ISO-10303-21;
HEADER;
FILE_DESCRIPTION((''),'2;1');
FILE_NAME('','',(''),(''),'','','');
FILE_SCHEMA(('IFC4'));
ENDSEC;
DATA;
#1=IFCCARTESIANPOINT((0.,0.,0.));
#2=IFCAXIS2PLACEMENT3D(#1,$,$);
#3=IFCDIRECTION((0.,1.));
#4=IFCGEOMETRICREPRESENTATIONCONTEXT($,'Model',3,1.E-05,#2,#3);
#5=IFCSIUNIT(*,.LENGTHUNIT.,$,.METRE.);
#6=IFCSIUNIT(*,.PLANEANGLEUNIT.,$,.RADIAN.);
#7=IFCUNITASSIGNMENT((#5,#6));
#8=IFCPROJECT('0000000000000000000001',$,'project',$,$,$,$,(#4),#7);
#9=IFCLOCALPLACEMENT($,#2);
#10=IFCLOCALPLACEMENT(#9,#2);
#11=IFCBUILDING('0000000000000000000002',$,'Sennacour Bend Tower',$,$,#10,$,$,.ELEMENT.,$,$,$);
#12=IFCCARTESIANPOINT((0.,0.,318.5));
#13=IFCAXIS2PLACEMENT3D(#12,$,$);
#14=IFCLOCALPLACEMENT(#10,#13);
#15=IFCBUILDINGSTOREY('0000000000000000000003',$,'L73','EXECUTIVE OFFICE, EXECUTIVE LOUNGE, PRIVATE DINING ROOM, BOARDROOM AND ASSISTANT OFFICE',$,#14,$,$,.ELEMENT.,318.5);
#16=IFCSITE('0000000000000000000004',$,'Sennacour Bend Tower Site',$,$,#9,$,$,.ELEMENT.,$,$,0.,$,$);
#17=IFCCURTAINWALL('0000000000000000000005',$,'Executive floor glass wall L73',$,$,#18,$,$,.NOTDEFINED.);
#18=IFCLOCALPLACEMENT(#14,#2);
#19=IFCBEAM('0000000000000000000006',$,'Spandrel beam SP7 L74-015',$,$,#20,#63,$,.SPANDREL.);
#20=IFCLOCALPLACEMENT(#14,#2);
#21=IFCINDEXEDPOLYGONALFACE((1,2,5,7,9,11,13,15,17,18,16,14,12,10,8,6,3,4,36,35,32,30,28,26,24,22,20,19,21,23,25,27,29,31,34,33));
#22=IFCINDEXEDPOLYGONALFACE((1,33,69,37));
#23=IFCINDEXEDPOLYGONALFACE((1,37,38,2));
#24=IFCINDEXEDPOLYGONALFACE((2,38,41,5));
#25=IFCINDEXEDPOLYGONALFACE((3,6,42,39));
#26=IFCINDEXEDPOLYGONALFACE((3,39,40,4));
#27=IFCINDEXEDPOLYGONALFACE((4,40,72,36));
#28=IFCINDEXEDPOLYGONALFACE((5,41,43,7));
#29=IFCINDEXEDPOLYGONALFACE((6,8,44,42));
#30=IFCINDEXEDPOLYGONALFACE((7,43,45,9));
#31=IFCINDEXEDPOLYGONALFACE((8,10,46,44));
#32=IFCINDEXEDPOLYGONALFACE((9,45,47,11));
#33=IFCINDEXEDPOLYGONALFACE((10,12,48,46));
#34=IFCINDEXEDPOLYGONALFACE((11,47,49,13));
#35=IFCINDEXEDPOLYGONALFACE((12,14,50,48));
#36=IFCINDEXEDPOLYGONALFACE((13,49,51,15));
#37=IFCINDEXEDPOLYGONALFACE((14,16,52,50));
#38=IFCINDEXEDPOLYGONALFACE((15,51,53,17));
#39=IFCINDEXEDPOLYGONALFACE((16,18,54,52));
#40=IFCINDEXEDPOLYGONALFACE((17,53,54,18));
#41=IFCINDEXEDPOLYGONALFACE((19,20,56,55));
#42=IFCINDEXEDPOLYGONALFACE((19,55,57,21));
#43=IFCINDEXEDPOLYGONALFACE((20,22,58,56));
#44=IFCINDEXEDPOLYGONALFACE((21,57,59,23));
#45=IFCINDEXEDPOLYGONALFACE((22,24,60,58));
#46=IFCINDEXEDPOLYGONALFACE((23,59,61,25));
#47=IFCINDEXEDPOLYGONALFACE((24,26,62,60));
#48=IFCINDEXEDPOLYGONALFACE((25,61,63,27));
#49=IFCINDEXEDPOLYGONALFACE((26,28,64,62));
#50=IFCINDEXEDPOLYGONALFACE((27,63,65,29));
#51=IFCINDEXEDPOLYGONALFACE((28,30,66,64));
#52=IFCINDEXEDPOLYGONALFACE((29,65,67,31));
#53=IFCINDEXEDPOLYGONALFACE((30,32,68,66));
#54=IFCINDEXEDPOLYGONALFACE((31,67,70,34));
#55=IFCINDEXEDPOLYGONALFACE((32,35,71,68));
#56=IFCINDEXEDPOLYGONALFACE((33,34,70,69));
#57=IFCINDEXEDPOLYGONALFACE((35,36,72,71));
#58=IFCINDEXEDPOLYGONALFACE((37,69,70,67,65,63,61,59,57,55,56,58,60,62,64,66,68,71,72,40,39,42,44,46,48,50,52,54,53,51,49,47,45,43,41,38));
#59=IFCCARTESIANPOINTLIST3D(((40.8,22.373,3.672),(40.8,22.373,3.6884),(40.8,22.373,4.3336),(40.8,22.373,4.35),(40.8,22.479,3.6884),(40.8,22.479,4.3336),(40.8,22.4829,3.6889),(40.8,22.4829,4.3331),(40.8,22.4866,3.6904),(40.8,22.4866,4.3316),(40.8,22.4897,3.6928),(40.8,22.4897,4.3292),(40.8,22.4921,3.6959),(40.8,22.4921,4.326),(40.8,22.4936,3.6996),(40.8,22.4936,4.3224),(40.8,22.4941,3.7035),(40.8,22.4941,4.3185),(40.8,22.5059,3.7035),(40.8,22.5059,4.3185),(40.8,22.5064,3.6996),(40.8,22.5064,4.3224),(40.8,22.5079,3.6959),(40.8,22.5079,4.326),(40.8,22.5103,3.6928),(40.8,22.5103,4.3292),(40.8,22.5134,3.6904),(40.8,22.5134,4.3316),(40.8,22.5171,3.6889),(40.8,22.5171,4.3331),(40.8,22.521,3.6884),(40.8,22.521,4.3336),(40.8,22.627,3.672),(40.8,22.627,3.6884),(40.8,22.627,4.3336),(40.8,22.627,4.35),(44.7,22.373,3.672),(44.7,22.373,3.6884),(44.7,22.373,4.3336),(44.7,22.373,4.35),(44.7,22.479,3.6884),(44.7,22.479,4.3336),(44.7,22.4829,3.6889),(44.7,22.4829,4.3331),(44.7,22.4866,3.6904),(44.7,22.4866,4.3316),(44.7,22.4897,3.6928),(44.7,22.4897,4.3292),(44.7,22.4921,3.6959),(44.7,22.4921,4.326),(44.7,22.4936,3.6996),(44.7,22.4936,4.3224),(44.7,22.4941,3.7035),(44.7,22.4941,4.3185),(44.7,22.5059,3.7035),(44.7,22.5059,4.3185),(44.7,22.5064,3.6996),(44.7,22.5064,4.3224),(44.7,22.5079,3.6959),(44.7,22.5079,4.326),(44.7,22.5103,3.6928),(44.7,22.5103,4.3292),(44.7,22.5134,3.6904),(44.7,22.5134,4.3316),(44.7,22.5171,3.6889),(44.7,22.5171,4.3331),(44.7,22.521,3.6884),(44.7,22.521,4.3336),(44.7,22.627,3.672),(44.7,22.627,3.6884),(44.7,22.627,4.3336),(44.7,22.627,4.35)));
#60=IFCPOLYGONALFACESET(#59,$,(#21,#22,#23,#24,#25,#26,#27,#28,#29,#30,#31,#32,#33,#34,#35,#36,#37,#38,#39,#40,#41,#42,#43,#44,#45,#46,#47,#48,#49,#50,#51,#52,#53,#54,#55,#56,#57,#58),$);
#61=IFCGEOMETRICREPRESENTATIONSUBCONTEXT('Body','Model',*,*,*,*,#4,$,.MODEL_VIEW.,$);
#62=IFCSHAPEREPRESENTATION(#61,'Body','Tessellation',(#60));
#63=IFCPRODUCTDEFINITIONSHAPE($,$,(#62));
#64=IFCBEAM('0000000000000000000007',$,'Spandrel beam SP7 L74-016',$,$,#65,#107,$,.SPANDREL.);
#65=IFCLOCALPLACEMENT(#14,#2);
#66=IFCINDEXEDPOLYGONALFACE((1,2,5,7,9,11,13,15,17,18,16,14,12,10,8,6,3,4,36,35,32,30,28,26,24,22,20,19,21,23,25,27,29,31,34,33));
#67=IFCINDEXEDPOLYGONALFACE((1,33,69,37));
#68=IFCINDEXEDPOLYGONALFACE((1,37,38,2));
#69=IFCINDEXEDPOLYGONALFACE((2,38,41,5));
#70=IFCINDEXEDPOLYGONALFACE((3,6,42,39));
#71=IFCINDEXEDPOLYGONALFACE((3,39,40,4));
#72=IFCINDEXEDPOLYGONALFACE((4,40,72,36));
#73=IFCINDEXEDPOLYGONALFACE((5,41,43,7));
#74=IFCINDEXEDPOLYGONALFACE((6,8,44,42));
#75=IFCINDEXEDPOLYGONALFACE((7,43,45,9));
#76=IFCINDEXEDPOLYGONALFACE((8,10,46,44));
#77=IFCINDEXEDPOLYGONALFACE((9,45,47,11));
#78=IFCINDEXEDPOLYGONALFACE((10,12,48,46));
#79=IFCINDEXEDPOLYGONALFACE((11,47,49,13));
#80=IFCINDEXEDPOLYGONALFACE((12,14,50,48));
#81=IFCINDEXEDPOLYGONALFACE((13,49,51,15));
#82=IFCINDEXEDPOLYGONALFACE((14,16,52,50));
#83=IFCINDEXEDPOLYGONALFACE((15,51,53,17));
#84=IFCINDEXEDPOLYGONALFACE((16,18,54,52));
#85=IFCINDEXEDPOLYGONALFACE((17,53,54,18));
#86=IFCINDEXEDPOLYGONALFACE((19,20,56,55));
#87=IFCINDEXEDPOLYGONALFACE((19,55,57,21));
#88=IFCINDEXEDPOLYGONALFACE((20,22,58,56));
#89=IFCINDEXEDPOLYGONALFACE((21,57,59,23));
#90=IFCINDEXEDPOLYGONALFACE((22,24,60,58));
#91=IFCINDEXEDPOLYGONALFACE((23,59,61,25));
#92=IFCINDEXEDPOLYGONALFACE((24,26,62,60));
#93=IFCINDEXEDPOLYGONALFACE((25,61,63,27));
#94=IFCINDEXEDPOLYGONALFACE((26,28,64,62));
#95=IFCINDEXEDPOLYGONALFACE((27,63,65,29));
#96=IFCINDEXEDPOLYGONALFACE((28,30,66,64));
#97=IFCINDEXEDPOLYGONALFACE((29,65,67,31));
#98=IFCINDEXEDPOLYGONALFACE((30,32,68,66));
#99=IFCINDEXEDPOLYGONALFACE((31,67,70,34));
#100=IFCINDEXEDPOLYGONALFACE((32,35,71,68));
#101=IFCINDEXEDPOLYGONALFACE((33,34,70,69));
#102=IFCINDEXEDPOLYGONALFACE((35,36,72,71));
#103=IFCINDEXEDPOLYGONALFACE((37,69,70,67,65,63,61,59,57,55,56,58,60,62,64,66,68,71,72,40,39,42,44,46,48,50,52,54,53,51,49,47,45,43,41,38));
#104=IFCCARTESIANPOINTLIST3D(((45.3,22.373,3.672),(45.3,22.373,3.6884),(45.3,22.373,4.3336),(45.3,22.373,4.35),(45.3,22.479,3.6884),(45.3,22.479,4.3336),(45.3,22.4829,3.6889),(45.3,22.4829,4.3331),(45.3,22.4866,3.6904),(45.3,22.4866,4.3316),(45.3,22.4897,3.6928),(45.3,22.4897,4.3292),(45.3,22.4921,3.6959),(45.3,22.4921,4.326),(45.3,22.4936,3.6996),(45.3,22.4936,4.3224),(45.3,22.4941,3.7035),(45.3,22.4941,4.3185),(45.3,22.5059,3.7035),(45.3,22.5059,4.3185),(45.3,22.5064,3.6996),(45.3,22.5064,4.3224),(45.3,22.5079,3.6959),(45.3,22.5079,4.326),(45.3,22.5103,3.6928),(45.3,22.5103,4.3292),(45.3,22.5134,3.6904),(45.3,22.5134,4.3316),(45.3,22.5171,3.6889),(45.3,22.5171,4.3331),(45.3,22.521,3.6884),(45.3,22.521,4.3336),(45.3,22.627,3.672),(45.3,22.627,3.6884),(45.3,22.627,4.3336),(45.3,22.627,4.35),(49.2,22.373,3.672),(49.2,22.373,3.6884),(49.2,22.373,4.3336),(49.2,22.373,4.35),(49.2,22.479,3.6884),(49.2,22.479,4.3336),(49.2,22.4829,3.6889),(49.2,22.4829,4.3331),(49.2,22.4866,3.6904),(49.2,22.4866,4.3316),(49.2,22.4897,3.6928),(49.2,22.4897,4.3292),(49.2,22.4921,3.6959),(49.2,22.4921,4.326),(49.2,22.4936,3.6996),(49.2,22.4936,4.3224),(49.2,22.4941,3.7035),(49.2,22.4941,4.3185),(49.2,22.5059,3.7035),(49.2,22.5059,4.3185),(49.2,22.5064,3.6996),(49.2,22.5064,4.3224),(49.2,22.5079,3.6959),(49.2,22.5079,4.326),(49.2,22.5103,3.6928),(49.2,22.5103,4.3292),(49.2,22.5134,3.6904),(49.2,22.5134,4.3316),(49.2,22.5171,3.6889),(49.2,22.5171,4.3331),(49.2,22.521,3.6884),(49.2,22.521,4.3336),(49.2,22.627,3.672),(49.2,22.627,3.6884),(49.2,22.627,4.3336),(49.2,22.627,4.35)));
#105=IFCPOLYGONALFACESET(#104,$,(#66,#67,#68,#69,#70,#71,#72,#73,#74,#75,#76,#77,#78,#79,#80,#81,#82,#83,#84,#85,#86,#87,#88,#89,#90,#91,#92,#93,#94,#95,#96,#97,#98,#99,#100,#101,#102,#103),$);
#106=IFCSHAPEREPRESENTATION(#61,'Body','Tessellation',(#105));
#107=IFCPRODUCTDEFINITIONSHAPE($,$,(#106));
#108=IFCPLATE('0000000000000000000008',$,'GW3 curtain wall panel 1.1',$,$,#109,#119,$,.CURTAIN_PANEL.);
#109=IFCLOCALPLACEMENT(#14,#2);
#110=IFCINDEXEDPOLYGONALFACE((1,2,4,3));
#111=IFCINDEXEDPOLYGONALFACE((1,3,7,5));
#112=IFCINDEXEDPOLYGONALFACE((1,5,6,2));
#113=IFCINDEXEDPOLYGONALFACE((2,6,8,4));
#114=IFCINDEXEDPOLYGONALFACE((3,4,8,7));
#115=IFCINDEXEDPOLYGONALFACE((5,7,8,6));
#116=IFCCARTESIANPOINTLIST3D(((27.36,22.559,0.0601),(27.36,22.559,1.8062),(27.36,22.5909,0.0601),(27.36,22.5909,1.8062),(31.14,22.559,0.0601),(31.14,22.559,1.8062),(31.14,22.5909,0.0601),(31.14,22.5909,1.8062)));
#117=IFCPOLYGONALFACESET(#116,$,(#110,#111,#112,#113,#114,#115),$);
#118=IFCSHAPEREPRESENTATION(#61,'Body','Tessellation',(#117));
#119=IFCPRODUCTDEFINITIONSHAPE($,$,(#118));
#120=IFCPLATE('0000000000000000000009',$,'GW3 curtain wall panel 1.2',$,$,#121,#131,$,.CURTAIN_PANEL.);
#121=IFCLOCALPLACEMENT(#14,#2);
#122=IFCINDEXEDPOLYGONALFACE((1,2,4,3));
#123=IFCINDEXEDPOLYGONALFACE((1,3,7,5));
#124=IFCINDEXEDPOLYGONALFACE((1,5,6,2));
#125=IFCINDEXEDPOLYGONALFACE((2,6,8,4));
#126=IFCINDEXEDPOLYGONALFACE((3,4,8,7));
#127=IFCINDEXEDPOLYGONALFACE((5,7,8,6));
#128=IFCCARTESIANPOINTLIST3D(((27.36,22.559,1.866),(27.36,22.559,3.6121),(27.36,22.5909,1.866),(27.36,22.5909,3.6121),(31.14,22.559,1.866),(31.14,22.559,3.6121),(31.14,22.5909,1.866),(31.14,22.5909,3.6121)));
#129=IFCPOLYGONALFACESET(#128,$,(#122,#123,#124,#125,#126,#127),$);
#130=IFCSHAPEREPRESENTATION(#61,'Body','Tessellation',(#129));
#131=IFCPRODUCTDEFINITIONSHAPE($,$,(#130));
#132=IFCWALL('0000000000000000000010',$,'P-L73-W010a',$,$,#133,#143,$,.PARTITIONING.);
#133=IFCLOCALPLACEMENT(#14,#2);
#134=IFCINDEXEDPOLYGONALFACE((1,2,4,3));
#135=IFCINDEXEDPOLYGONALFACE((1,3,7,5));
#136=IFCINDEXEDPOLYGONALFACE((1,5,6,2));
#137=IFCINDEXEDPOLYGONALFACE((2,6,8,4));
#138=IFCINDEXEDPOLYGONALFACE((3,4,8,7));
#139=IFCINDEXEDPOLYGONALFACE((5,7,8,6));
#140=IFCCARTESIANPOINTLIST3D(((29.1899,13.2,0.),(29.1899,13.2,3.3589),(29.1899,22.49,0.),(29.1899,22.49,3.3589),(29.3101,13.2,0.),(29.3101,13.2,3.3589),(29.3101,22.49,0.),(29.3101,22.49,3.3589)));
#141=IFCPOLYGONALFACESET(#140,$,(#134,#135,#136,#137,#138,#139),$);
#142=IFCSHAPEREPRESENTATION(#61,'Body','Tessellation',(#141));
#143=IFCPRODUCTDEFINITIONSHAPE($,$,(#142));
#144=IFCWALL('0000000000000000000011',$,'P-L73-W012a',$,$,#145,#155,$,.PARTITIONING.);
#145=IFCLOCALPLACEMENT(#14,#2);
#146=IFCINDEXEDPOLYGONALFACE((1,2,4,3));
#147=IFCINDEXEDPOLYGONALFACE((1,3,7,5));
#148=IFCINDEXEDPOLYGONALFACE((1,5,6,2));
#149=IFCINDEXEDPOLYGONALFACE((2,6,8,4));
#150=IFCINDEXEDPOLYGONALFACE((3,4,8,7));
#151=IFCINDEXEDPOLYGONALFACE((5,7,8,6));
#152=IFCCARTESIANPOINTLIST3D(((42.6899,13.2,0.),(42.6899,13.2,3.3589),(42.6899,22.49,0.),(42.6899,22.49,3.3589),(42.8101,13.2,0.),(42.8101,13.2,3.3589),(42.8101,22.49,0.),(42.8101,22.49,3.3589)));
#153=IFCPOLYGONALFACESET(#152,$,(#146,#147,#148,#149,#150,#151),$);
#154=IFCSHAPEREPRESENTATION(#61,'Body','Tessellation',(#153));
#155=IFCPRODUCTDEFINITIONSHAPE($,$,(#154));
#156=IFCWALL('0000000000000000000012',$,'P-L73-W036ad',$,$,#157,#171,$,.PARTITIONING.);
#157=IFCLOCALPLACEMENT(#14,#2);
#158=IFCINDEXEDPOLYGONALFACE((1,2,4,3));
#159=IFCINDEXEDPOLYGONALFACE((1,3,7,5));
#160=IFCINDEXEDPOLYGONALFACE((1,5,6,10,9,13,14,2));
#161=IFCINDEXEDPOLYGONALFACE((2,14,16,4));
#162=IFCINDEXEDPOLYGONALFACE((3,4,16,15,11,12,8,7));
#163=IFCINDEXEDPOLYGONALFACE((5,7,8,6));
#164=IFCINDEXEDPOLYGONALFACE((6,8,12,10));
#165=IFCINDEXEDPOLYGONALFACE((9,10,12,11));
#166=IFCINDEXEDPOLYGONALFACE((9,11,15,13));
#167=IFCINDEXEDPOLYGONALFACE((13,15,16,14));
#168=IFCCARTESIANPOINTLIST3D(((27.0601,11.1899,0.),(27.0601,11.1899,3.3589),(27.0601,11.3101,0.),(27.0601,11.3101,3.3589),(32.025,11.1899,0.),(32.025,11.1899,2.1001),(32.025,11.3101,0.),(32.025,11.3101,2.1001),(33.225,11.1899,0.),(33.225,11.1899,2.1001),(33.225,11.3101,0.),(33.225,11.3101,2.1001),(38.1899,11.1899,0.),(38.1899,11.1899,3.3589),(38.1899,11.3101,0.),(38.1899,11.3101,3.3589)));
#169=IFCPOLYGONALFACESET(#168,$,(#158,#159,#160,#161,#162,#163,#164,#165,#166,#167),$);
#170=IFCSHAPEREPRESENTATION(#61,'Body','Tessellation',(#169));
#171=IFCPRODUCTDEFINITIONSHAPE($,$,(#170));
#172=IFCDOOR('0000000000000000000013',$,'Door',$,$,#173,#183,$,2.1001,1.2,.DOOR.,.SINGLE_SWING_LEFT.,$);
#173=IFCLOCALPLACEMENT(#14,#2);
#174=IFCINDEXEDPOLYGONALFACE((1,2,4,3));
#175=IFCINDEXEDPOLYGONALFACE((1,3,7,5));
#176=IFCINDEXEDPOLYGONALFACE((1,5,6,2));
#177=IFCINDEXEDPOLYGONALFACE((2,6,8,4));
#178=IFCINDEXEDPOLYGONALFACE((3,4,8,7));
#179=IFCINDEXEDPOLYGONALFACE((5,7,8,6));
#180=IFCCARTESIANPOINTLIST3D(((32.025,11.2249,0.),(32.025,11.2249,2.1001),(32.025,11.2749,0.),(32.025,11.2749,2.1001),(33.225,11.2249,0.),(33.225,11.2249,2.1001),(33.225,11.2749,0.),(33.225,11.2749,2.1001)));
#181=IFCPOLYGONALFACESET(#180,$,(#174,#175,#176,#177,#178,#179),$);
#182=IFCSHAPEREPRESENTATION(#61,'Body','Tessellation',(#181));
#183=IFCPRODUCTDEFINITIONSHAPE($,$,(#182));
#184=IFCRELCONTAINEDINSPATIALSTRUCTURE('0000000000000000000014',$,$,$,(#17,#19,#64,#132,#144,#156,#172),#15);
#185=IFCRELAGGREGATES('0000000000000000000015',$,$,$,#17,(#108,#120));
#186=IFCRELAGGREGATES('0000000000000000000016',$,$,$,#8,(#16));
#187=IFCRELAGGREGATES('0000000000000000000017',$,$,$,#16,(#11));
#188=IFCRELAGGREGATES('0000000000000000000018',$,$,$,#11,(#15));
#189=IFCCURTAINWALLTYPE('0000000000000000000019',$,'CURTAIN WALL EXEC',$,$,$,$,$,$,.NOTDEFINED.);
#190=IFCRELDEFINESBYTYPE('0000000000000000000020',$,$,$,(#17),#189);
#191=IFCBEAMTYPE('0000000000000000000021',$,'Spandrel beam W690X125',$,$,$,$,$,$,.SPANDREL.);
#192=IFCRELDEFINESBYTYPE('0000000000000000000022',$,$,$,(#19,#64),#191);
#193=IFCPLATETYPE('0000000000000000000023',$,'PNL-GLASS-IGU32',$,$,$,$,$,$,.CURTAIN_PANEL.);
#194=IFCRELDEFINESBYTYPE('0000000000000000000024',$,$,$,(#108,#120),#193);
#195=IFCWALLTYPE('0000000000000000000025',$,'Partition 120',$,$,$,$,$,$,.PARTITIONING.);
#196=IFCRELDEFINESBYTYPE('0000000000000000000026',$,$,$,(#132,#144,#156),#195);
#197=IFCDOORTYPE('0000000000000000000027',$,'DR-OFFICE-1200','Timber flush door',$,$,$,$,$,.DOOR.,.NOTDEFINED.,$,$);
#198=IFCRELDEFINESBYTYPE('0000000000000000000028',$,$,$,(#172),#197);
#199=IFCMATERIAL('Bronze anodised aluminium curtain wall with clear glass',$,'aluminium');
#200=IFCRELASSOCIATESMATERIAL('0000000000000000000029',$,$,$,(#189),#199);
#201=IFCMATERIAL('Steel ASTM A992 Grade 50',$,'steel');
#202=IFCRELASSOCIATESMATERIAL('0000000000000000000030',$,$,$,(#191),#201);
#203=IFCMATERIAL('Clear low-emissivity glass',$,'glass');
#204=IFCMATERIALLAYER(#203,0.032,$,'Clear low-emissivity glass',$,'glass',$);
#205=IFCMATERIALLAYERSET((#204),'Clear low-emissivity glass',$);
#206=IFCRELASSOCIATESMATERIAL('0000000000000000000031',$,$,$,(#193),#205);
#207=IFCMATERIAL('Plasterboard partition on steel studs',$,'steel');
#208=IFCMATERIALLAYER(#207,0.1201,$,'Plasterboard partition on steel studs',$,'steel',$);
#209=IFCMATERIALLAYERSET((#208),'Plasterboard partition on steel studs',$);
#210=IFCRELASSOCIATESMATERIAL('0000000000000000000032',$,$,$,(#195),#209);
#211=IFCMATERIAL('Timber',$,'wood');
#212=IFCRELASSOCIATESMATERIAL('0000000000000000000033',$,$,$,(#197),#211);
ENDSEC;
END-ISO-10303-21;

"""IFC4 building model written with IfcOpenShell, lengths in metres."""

from ifc_helpers import new_model, si_unit, direction, frame, frame_2d, origin, origin_2d, place, context, subcontext, project, spatial, rectangle, i_section, extrude, material, layer, layer_set, material_profile, profile_set, type_object, element, fill, aggregate, save


model = new_model("IFC4")

# Units and contexts
model_context = context("Model", 3, precision=1e-05, world=origin(), true_north=direction((0.0, 1.0)))
body_context = subcontext(model_context, "Body", "Model", "MODEL_VIEW")
ifc_project = project(units=[si_unit("LENGTHUNIT", "METRE"), si_unit("PLANEANGLEUNIT", "RADIAN")], contexts=[model_context])

# Site, building, storey
site_placement = place(None, origin())
site = spatial("IfcSite", under=ifc_project, at=site_placement, Name="Sennacour Bend Tower Site", CompositionType="ELEMENT", RefElevation=0.0)
building_placement = place(site_placement, origin())
building = spatial("IfcBuilding", under=site, at=building_placement, Name="Sennacour Bend Tower", CompositionType="ELEMENT")
storey_placement = place(building_placement, frame((0.0, 0.0, 318.5)))
storey = spatial("IfcBuildingStorey", under=building, at=storey_placement, Name="L73", Description="EXECUTIVE OFFICE, EXECUTIVE LOUNGE, PRIVATE DINING ROOM, BOARDROOM AND ASSISTANT OFFICE", CompositionType="ELEMENT", Elevation=318.5)

# Curtain wall
ifc_material_1 = material(Name="Bronze anodised aluminium curtain wall with clear glass", Category="aluminium")
curtain_wall_type = type_object("IfcCurtainWallType", Name="CURTAIN WALL EXEC", PredefinedType="NOTDEFINED", material=ifc_material_1)
curtain_wall_placement = place(storey_placement, origin())
curtain_wall = element("IfcCurtainWall", 1, at=curtain_wall_placement, inside=storey, type_object=curtain_wall_type, Name="Executive floor glass wall L73", PredefinedType="NOTDEFINED")

# Beams
ifc_material_2 = material(Name="Steel ASTM A992 Grade 50", Category="steel")
ifc_material_profile_1 = material_profile(ifc_material_2, i_section(OverallWidth=0.2539, OverallDepth=0.678, WebThickness=0.0117, FlangeThickness=0.0164, FilletRadius=0.0151, at=origin_2d()), Name="Steel ASTM A992 Grade 50", Category="steel")
ifc_profile_set_1 = profile_set([ifc_material_profile_1], Name="Steel ASTM A992 Grade 50")
beam_type_1 = type_object("IfcBeamType", Name="Spandrel beam W690X125", PredefinedType="SPANDREL", material=ifc_profile_set_1)
for number, where, z_axis, x_axis, name in (
    (2, (40.8, 22.5, 4.011), (1.0, 0.0, 0.0), (0.0, 1.0, 0.0), "Spandrel beam SP7 L74-015"),
    (3, (45.3, 22.5, 4.011), (1.0, 0.0, 0.0), (0.0, 1.0, 0.0), "Spandrel beam SP7 L74-016"),
):
    element("IfcBeam", number, at=place(storey_placement, frame(where, z_axis=z_axis, x_axis=x_axis)), inside=storey, type_object=beam_type_1, Name=name, PredefinedType="SPANDREL", context=body_context, shape_type="SweptSolid", body=[
        extrude(i_section(OverallWidth=0.2539, OverallDepth=0.678, WebThickness=0.0117, FlangeThickness=0.0164, FilletRadius=0.0151, at=origin_2d()), origin(), (0.0, 0.0, 1.0), 3.8999),
    ])

# Plates
ifc_material_3 = material(Name="Clear low-emissivity glass", Category="glass")
ifc_layer_1 = layer(ifc_material_3, 0.032, Name="Clear low-emissivity glass", Category="glass")
ifc_layer_set_1 = layer_set([ifc_layer_1], Name="Clear low-emissivity glass")
plate_type = type_object("IfcPlateType", Name="PNL-GLASS-IGU32", PredefinedType="CURTAIN_PANEL", material=ifc_layer_set_1)
plate_1_placement = place(storey_placement, frame((29.25, 22.575, 0.0601), z_axis=(0.0, 0.0, 1.0), x_axis=(-1.0, 0.0, 0.0)))
plate_1 = element("IfcPlate", 4, at=plate_1_placement, type_object=plate_type, Name="GW3 curtain wall panel 1.1", PredefinedType="CURTAIN_PANEL", context=body_context, shape_type="SweptSolid", body=[
    extrude(rectangle(XDim=3.78, YDim=0.032, at=origin_2d()), origin(), (0.0, 0.0, 1.0), 1.7461),
])
plate_2_placement = place(storey_placement, frame((29.25, 22.575, 1.866), z_axis=(0.0, 0.0, 1.0), x_axis=(-1.0, 0.0, 0.0)))
plate_2 = element("IfcPlate", 5, at=plate_2_placement, type_object=plate_type, Name="GW3 curtain wall panel 1.2", PredefinedType="CURTAIN_PANEL", context=body_context, shape_type="SweptSolid", body=[
    extrude(rectangle(XDim=3.78, YDim=0.032, at=origin_2d()), origin(), (0.0, 0.0, 1.0), 1.7461),
])
aggregate(curtain_wall, [plate_1, plate_2])

# Walls
ifc_material_4 = material(Name="Plasterboard partition on steel studs", Category="steel")
ifc_layer_2 = layer(ifc_material_4, 0.1201, Name="Plasterboard partition on steel studs", Category="steel")
ifc_layer_set_2 = layer_set([ifc_layer_2], Name="Plasterboard partition on steel studs")
wall_type = type_object("IfcWallType", Name="Partition 120", PredefinedType="PARTITIONING", material=ifc_layer_set_2)
for number, where, z_axis, x_axis, name in (
    (6, (29.25, 13.2, 0.0), (0.0, 0.0, 1.0), (0.0, 1.0, 0.0), "P-L73-W010a"),
    (7, (42.75, 13.2, 0.0), (0.0, 0.0, 1.0), (0.0, 1.0, 0.0), "P-L73-W012a"),
):
    element("IfcWall", number, at=place(storey_placement, frame(where, z_axis=z_axis, x_axis=x_axis)), inside=storey, type_object=wall_type, Name=name, PredefinedType="PARTITIONING", context=body_context, shape_type="SweptSolid", body=[
        extrude(rectangle(XDim=9.29, YDim=0.1201, at=frame_2d((4.645, 0.0))), origin(), (0.0, 0.0, 1.0), 3.3589),
    ])

# Wall, opening, door
wall_1_placement = place(storey_placement, frame((27.0601, 11.25, 0.0), z_axis=(0.0, 0.0, 1.0), x_axis=(1.0, 0.0, 0.0)))
wall_1 = element("IfcWall", 8, at=wall_1_placement, inside=storey, type_object=wall_type, Name="P-L73-W036ad", PredefinedType="PARTITIONING", context=body_context, shape_type="SweptSolid", body=[
    extrude(rectangle(XDim=11.1299, YDim=0.1201, at=frame_2d((5.5649, 0.0))), origin(), (0.0, 0.0, 1.0), 3.3589),
])
opening_1_placement = place(wall_1_placement, frame((4.9648, 0.0, 0.0)))
opening_1 = element("IfcOpeningElement", 9, at=opening_1_placement, cuts=wall_1, PredefinedType="OPENING", context=body_context, shape_type="SweptSolid", body=[
    extrude(rectangle(XDim=1.2, YDim=2.1001, at=frame_2d((0.6001, 1.05))), frame((0.0, 0.0701, 0.0), z_axis=(0.0, -1.0, 0.0), x_axis=(1.0, 0.0, 0.0)), (0.0, 0.0, 1.0), 0.1401),
])
ifc_material_5 = material(Name="Timber", Category="wood")
door_type_1 = type_object("IfcDoorType", Name="DR-OFFICE-1200", Description="Timber flush door", OperationType="NOTDEFINED", PredefinedType="DOOR", material=ifc_material_5)
door_1_placement = place(opening_1_placement, origin())
door_1 = element("IfcDoor", 10, at=door_1_placement, inside=storey, type_object=door_type_1, Name="Door", OperationType="SINGLE_SWING_LEFT", OverallHeight=2.1001, OverallWidth=1.2, PredefinedType="DOOR", context=body_context, shape_type="SweptSolid", body=[
    extrude(rectangle(XDim=1.2, YDim=2.1001, at=frame_2d((0.6001, 1.05))), frame((0.0, 0.0249, 0.0), z_axis=(0.0, -1.0, 0.0), x_axis=(1.0, 0.0, 0.0)), (0.0, 0.0, 1.0), 0.05),
])
fill(opening_1, door_1)

save(model, "model.ifc")
